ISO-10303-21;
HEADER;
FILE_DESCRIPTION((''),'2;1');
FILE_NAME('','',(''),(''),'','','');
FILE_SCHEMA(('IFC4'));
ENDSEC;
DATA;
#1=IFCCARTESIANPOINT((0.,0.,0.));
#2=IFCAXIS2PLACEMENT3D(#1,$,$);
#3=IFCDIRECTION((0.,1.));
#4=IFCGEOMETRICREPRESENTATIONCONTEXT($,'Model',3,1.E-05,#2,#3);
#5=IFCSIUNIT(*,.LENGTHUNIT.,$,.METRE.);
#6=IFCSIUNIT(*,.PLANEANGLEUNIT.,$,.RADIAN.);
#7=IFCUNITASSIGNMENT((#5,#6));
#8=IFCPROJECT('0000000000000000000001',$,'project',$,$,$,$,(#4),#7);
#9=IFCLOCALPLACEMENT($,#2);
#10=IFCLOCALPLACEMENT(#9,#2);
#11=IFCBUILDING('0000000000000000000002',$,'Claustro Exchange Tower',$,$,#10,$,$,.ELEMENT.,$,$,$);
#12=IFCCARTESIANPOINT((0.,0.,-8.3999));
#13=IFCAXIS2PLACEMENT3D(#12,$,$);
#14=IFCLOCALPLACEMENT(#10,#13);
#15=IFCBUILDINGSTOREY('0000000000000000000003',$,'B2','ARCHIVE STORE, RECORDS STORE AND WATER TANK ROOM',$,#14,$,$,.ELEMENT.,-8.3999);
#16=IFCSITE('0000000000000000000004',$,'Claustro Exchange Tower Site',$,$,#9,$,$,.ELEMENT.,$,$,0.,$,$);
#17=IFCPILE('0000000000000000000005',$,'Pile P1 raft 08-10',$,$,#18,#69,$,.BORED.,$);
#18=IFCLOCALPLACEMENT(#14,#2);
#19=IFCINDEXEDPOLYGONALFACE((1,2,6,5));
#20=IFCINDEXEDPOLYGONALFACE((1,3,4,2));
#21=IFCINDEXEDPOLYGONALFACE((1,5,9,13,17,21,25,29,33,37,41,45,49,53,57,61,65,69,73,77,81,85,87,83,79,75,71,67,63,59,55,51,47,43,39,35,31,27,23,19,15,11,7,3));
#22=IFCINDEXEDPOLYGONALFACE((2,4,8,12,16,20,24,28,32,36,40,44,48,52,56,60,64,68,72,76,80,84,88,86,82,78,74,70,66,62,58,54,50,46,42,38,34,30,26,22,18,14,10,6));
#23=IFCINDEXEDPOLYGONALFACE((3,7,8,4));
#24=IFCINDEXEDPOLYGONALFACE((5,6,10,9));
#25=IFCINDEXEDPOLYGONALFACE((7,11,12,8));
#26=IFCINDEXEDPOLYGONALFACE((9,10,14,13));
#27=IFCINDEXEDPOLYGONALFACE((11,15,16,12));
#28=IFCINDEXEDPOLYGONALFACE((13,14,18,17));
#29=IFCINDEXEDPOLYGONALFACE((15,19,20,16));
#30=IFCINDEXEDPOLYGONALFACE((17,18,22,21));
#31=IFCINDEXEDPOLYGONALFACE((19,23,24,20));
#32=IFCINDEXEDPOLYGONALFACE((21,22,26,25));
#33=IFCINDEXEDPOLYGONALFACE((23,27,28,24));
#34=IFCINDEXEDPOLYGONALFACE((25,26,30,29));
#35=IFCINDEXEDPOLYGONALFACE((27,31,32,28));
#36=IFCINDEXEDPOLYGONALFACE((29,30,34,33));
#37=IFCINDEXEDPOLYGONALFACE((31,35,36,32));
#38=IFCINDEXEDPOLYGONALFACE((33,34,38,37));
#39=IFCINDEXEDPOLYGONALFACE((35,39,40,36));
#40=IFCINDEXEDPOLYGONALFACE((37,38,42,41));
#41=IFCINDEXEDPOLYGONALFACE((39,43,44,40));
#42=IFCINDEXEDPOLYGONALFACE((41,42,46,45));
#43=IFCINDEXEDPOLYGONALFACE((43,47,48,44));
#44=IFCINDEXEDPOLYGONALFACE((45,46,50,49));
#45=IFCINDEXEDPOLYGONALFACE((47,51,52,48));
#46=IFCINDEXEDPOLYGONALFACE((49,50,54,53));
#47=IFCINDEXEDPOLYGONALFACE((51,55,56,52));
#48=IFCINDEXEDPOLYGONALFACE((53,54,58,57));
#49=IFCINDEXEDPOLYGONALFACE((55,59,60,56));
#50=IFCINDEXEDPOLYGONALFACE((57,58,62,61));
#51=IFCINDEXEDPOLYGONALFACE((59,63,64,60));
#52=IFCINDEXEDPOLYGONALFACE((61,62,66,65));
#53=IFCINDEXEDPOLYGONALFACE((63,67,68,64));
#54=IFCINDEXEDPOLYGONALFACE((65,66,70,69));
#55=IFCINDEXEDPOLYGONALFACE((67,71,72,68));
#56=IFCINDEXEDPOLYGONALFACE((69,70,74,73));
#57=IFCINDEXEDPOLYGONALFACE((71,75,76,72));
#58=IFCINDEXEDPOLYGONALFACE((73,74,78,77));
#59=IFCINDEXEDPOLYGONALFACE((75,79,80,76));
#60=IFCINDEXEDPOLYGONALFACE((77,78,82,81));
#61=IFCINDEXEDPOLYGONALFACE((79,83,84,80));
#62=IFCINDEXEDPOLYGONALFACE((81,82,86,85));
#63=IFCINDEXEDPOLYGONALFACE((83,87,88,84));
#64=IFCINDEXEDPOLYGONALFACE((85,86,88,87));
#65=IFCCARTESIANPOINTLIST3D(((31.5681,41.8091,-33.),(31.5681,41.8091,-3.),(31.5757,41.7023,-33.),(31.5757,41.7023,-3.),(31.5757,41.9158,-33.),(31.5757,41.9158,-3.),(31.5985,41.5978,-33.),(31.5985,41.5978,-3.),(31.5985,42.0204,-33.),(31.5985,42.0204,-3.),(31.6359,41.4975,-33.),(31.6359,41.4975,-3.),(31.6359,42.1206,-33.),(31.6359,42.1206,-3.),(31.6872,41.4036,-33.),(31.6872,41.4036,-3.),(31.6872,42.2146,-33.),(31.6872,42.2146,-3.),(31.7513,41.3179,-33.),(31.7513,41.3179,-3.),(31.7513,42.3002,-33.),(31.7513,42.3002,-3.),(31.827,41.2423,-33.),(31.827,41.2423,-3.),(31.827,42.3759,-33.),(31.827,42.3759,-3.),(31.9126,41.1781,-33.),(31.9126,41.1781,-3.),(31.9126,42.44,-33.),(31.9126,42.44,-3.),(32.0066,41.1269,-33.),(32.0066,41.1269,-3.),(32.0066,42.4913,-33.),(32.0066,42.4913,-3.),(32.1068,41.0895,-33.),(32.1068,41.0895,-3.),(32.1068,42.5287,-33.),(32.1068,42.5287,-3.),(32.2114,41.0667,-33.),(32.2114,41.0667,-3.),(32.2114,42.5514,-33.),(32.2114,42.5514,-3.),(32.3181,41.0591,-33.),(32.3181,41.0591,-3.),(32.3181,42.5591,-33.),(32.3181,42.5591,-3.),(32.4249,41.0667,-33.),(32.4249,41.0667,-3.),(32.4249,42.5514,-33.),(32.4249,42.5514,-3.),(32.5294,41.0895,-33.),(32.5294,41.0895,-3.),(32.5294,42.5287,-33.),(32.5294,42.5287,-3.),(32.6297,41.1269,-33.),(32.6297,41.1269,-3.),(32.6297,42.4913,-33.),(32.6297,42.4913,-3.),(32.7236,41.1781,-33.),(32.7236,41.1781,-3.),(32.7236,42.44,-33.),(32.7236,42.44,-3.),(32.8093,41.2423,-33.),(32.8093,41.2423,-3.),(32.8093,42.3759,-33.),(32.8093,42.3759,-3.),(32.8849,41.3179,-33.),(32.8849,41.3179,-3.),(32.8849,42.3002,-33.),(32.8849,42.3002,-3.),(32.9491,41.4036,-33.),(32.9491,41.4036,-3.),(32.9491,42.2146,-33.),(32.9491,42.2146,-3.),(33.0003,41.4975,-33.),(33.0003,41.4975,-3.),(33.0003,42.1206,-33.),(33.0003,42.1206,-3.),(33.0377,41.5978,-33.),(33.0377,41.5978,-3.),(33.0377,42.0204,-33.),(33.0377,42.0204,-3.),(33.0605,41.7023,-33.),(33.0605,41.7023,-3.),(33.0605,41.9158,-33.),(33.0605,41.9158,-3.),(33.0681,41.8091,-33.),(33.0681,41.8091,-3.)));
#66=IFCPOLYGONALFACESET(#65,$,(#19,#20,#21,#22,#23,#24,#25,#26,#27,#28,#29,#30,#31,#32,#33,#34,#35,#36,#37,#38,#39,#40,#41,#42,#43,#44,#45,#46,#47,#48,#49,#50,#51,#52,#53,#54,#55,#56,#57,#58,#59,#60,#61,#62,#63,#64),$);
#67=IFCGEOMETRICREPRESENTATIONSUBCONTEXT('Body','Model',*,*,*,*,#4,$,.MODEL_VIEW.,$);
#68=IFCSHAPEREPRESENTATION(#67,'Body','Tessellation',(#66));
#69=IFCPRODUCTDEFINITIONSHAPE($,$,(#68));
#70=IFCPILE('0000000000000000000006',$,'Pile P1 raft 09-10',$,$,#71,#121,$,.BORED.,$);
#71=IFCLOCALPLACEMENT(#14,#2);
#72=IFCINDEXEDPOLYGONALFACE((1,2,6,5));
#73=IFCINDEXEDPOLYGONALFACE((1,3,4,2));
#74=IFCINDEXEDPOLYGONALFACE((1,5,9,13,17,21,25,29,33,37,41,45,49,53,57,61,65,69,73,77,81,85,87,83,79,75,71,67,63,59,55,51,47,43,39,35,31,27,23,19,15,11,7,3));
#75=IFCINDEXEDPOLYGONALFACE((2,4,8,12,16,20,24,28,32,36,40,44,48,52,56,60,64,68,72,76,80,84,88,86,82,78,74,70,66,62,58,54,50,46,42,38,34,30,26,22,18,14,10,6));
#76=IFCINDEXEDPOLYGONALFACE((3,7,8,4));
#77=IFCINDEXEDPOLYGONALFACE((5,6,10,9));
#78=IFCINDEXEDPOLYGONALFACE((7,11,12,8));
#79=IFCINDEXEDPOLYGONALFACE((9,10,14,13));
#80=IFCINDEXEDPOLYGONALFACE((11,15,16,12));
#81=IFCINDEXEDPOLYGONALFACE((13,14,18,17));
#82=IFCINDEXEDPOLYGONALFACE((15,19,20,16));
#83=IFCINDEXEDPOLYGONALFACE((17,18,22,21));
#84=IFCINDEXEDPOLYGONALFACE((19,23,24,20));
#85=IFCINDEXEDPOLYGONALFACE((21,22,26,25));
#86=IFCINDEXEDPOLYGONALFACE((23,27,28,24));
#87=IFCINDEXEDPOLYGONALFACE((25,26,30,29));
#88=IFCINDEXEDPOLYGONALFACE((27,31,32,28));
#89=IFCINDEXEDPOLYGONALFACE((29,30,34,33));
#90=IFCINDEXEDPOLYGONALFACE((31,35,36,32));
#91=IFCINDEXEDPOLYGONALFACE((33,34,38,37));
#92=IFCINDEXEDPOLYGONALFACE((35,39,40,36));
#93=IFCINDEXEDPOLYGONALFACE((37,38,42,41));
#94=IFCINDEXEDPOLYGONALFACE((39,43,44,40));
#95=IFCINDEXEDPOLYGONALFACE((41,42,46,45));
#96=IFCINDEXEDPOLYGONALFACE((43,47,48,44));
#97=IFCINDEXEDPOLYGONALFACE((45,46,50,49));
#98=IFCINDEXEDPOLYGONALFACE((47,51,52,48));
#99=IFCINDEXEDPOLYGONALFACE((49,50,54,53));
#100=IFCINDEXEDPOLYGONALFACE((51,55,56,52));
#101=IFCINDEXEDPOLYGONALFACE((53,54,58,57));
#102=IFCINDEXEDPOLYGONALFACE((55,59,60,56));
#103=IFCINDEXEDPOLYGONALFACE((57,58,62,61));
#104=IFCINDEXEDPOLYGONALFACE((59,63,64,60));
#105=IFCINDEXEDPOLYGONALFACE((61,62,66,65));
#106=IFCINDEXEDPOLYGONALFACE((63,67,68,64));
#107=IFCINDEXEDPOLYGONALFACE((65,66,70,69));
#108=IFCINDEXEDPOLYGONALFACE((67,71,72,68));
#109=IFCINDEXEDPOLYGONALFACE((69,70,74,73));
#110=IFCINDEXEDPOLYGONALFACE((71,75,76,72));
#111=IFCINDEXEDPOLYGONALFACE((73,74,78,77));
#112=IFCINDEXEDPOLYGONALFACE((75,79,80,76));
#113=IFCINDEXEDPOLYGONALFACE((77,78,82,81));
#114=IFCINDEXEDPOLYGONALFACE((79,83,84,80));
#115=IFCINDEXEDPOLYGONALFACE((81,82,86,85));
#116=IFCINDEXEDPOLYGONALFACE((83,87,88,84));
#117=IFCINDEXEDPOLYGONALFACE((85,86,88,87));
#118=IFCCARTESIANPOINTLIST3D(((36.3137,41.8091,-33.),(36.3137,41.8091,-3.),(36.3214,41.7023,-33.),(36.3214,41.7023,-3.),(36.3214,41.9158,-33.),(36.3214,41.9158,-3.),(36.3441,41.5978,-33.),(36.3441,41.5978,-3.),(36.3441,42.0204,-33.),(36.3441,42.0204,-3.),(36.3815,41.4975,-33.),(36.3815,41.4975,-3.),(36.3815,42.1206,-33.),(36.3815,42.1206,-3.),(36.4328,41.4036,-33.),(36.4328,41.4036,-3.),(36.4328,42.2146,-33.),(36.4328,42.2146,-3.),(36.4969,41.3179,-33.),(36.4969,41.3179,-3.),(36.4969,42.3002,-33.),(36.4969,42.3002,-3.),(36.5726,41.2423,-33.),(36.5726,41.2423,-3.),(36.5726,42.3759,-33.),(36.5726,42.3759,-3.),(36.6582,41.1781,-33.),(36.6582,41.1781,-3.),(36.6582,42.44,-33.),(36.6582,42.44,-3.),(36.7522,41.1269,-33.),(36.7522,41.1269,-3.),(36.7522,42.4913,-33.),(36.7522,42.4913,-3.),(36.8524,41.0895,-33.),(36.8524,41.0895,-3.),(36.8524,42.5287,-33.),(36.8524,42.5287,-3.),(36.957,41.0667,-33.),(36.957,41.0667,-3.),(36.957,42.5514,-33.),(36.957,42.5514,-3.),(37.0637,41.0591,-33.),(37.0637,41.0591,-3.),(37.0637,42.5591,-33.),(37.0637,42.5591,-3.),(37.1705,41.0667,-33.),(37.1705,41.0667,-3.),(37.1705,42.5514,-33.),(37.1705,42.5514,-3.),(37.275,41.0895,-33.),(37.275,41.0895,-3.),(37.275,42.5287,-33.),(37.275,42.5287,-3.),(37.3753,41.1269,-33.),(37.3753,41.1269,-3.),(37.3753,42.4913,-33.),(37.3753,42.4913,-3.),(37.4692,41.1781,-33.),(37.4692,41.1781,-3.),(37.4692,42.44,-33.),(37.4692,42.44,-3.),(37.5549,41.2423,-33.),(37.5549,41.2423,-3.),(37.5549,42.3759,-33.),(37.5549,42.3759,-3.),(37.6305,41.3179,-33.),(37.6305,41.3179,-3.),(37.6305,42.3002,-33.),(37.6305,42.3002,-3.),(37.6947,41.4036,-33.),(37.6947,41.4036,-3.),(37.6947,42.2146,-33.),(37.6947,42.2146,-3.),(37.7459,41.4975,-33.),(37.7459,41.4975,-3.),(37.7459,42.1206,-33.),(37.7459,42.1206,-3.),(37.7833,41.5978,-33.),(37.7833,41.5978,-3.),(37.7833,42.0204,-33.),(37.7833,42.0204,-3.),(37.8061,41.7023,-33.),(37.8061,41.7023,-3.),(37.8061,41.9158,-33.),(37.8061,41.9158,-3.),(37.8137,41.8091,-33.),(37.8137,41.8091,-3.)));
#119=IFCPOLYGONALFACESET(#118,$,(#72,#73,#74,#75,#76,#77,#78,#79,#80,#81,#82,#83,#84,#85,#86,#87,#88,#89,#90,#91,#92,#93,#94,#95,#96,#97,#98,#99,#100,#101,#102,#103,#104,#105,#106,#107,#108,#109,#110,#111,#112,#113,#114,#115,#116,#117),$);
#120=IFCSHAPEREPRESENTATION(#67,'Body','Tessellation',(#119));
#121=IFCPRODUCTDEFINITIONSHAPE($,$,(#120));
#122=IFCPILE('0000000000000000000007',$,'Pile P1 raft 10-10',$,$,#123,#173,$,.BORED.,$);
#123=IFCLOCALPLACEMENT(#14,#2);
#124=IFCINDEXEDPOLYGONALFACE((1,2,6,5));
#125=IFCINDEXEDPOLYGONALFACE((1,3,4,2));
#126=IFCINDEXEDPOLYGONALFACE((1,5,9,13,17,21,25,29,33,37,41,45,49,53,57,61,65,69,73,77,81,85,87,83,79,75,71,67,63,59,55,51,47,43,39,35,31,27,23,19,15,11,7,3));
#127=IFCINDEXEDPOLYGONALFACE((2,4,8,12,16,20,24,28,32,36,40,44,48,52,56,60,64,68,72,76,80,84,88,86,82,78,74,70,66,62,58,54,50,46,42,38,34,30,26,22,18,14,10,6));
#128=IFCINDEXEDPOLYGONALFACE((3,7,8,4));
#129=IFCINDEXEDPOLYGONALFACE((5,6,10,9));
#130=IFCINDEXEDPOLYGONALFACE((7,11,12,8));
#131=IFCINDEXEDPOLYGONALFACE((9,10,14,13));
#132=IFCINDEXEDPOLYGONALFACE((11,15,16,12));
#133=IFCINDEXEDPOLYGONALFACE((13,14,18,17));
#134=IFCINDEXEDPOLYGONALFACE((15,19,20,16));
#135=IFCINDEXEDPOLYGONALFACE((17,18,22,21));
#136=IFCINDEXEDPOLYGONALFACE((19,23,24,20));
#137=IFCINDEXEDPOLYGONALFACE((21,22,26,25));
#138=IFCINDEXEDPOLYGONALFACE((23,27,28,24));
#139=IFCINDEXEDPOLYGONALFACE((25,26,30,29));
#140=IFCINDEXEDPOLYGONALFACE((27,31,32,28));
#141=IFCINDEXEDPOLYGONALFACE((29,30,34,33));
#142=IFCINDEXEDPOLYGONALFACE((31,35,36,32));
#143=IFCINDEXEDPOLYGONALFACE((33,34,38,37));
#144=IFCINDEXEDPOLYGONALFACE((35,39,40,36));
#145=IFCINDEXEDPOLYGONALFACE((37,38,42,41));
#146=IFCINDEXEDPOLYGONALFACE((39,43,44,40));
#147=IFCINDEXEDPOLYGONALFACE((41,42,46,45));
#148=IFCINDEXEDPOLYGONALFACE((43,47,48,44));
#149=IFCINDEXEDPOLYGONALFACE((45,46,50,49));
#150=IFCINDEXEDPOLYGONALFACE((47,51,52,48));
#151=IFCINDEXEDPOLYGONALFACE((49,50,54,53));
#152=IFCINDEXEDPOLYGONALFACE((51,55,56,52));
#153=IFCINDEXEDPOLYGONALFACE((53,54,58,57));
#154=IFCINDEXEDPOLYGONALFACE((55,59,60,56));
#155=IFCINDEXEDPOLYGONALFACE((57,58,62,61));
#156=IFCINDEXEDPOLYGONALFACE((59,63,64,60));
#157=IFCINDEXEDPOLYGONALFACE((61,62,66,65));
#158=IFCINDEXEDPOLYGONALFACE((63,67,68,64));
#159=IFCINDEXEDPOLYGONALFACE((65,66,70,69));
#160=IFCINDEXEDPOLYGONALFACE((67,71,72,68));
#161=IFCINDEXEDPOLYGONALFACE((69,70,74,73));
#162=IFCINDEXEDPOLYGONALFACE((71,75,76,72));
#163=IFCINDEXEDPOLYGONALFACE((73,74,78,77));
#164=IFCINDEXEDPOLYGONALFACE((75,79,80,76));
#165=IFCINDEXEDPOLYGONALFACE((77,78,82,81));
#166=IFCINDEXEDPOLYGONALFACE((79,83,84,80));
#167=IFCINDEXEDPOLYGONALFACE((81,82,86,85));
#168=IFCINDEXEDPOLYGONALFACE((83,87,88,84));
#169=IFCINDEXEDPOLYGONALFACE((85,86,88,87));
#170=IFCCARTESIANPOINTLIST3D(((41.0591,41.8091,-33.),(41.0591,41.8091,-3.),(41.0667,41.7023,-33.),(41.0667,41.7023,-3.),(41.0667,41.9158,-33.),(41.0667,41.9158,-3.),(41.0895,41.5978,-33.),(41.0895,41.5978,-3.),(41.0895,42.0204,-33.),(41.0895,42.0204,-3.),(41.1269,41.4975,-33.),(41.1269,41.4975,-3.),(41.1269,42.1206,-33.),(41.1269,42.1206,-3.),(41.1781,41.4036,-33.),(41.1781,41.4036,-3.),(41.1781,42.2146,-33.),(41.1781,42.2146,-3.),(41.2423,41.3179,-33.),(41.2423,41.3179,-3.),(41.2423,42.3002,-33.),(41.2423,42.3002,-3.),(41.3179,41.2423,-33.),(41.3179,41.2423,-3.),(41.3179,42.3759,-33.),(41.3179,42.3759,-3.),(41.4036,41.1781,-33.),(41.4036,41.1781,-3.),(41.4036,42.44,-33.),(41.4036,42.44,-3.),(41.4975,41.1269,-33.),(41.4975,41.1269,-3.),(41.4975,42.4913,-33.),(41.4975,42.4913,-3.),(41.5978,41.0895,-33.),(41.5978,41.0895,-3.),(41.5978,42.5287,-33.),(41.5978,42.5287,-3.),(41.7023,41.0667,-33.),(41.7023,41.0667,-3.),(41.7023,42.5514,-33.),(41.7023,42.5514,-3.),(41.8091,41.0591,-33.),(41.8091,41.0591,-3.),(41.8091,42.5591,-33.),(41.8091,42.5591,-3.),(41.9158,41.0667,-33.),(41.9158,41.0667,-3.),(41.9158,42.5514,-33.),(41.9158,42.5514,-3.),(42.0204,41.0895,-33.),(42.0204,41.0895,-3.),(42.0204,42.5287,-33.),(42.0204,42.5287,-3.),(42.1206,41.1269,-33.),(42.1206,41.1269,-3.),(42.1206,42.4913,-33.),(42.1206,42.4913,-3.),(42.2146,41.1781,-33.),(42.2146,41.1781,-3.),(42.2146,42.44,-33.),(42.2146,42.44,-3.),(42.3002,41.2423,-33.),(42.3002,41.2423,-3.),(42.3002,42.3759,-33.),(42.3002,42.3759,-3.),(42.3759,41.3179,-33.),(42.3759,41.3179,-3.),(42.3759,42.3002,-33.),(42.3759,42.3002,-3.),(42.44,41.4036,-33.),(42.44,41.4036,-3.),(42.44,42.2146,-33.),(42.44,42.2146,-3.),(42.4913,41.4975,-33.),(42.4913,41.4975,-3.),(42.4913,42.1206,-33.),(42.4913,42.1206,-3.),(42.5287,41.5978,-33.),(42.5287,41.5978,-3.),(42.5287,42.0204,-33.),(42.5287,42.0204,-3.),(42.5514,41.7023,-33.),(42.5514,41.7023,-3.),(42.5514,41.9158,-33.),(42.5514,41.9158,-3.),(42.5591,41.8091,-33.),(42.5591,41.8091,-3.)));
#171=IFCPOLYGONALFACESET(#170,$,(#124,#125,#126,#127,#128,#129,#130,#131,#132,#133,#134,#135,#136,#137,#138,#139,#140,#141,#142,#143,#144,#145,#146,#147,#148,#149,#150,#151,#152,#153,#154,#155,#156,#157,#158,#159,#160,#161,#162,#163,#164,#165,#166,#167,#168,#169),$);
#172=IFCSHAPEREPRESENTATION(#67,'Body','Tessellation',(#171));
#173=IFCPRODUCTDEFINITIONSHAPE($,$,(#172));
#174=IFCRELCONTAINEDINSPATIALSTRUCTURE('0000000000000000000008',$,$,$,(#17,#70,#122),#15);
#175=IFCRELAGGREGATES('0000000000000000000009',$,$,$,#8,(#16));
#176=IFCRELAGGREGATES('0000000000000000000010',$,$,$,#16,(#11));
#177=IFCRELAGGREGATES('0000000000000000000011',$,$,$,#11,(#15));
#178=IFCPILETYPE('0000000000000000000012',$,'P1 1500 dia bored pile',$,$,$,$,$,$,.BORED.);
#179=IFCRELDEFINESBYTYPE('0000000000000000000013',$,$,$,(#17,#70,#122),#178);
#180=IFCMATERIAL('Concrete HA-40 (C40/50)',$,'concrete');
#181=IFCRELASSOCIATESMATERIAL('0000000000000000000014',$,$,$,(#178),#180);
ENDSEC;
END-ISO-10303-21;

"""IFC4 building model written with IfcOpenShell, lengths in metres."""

from ifc_helpers import new_model, si_unit, direction, frame, origin, origin_2d, place, context, subcontext, project, spatial, circle, extrude, material, type_object, element, save


model = new_model("IFC4")

# Units and contexts
model_context = context("Model", 3, precision=1e-05, world=origin(), true_north=direction((0.0, 1.0)))
body_context = subcontext(model_context, "Body", "Model", "MODEL_VIEW")
ifc_project = project(units=[si_unit("LENGTHUNIT", "METRE"), si_unit("PLANEANGLEUNIT", "RADIAN")], contexts=[model_context])

# Site, building, storey
site_placement = place(None, origin())
site = spatial("IfcSite", under=ifc_project, at=site_placement, Name="Claustro Exchange Tower Site", CompositionType="ELEMENT", RefElevation=0.0)
building_placement = place(site_placement, origin())
building = spatial("IfcBuilding", under=site, at=building_placement, Name="Claustro Exchange Tower", CompositionType="ELEMENT")
storey_placement = place(building_placement, frame((0.0, 0.0, -8.3999)))
storey = spatial("IfcBuildingStorey", under=building, at=storey_placement, Name="B2", Description="ARCHIVE STORE, RECORDS STORE AND WATER TANK ROOM", CompositionType="ELEMENT", Elevation=-8.3999)

# Piles
ifc_material_1 = material(Name="Concrete HA-40 (C40/50)", Category="concrete")
pile_type_1 = type_object("IfcPileType", Name="P1 1500 dia bored pile", PredefinedType="BORED", material=ifc_material_1)
for number, where, z_axis, x_axis, name in (
    (1, (32.3181, 41.8091, -3.0), (0.0, 0.0, -1.0), (1.0, 0.0, 0.0), "Pile P1 raft 08-10"),
    (2, (37.0637, 41.8091, -3.0), (0.0, 0.0, -1.0), (1.0, 0.0, 0.0), "Pile P1 raft 09-10"),
    (3, (41.8091, 41.8091, -3.0), (0.0, 0.0, -1.0), (1.0, 0.0, 0.0), "Pile P1 raft 10-10"),
):
    element("IfcPile", number, at=place(storey_placement, frame(where, z_axis=z_axis, x_axis=x_axis)), inside=storey, type_object=pile_type_1, Name=name, PredefinedType="BORED", context=body_context, shape_type="SweptSolid", body=[
        extrude(circle(Radius=0.75, at=origin_2d()), origin(), (0.0, 0.0, 1.0), 30.0),
    ])

save(model, "model.ifc")
